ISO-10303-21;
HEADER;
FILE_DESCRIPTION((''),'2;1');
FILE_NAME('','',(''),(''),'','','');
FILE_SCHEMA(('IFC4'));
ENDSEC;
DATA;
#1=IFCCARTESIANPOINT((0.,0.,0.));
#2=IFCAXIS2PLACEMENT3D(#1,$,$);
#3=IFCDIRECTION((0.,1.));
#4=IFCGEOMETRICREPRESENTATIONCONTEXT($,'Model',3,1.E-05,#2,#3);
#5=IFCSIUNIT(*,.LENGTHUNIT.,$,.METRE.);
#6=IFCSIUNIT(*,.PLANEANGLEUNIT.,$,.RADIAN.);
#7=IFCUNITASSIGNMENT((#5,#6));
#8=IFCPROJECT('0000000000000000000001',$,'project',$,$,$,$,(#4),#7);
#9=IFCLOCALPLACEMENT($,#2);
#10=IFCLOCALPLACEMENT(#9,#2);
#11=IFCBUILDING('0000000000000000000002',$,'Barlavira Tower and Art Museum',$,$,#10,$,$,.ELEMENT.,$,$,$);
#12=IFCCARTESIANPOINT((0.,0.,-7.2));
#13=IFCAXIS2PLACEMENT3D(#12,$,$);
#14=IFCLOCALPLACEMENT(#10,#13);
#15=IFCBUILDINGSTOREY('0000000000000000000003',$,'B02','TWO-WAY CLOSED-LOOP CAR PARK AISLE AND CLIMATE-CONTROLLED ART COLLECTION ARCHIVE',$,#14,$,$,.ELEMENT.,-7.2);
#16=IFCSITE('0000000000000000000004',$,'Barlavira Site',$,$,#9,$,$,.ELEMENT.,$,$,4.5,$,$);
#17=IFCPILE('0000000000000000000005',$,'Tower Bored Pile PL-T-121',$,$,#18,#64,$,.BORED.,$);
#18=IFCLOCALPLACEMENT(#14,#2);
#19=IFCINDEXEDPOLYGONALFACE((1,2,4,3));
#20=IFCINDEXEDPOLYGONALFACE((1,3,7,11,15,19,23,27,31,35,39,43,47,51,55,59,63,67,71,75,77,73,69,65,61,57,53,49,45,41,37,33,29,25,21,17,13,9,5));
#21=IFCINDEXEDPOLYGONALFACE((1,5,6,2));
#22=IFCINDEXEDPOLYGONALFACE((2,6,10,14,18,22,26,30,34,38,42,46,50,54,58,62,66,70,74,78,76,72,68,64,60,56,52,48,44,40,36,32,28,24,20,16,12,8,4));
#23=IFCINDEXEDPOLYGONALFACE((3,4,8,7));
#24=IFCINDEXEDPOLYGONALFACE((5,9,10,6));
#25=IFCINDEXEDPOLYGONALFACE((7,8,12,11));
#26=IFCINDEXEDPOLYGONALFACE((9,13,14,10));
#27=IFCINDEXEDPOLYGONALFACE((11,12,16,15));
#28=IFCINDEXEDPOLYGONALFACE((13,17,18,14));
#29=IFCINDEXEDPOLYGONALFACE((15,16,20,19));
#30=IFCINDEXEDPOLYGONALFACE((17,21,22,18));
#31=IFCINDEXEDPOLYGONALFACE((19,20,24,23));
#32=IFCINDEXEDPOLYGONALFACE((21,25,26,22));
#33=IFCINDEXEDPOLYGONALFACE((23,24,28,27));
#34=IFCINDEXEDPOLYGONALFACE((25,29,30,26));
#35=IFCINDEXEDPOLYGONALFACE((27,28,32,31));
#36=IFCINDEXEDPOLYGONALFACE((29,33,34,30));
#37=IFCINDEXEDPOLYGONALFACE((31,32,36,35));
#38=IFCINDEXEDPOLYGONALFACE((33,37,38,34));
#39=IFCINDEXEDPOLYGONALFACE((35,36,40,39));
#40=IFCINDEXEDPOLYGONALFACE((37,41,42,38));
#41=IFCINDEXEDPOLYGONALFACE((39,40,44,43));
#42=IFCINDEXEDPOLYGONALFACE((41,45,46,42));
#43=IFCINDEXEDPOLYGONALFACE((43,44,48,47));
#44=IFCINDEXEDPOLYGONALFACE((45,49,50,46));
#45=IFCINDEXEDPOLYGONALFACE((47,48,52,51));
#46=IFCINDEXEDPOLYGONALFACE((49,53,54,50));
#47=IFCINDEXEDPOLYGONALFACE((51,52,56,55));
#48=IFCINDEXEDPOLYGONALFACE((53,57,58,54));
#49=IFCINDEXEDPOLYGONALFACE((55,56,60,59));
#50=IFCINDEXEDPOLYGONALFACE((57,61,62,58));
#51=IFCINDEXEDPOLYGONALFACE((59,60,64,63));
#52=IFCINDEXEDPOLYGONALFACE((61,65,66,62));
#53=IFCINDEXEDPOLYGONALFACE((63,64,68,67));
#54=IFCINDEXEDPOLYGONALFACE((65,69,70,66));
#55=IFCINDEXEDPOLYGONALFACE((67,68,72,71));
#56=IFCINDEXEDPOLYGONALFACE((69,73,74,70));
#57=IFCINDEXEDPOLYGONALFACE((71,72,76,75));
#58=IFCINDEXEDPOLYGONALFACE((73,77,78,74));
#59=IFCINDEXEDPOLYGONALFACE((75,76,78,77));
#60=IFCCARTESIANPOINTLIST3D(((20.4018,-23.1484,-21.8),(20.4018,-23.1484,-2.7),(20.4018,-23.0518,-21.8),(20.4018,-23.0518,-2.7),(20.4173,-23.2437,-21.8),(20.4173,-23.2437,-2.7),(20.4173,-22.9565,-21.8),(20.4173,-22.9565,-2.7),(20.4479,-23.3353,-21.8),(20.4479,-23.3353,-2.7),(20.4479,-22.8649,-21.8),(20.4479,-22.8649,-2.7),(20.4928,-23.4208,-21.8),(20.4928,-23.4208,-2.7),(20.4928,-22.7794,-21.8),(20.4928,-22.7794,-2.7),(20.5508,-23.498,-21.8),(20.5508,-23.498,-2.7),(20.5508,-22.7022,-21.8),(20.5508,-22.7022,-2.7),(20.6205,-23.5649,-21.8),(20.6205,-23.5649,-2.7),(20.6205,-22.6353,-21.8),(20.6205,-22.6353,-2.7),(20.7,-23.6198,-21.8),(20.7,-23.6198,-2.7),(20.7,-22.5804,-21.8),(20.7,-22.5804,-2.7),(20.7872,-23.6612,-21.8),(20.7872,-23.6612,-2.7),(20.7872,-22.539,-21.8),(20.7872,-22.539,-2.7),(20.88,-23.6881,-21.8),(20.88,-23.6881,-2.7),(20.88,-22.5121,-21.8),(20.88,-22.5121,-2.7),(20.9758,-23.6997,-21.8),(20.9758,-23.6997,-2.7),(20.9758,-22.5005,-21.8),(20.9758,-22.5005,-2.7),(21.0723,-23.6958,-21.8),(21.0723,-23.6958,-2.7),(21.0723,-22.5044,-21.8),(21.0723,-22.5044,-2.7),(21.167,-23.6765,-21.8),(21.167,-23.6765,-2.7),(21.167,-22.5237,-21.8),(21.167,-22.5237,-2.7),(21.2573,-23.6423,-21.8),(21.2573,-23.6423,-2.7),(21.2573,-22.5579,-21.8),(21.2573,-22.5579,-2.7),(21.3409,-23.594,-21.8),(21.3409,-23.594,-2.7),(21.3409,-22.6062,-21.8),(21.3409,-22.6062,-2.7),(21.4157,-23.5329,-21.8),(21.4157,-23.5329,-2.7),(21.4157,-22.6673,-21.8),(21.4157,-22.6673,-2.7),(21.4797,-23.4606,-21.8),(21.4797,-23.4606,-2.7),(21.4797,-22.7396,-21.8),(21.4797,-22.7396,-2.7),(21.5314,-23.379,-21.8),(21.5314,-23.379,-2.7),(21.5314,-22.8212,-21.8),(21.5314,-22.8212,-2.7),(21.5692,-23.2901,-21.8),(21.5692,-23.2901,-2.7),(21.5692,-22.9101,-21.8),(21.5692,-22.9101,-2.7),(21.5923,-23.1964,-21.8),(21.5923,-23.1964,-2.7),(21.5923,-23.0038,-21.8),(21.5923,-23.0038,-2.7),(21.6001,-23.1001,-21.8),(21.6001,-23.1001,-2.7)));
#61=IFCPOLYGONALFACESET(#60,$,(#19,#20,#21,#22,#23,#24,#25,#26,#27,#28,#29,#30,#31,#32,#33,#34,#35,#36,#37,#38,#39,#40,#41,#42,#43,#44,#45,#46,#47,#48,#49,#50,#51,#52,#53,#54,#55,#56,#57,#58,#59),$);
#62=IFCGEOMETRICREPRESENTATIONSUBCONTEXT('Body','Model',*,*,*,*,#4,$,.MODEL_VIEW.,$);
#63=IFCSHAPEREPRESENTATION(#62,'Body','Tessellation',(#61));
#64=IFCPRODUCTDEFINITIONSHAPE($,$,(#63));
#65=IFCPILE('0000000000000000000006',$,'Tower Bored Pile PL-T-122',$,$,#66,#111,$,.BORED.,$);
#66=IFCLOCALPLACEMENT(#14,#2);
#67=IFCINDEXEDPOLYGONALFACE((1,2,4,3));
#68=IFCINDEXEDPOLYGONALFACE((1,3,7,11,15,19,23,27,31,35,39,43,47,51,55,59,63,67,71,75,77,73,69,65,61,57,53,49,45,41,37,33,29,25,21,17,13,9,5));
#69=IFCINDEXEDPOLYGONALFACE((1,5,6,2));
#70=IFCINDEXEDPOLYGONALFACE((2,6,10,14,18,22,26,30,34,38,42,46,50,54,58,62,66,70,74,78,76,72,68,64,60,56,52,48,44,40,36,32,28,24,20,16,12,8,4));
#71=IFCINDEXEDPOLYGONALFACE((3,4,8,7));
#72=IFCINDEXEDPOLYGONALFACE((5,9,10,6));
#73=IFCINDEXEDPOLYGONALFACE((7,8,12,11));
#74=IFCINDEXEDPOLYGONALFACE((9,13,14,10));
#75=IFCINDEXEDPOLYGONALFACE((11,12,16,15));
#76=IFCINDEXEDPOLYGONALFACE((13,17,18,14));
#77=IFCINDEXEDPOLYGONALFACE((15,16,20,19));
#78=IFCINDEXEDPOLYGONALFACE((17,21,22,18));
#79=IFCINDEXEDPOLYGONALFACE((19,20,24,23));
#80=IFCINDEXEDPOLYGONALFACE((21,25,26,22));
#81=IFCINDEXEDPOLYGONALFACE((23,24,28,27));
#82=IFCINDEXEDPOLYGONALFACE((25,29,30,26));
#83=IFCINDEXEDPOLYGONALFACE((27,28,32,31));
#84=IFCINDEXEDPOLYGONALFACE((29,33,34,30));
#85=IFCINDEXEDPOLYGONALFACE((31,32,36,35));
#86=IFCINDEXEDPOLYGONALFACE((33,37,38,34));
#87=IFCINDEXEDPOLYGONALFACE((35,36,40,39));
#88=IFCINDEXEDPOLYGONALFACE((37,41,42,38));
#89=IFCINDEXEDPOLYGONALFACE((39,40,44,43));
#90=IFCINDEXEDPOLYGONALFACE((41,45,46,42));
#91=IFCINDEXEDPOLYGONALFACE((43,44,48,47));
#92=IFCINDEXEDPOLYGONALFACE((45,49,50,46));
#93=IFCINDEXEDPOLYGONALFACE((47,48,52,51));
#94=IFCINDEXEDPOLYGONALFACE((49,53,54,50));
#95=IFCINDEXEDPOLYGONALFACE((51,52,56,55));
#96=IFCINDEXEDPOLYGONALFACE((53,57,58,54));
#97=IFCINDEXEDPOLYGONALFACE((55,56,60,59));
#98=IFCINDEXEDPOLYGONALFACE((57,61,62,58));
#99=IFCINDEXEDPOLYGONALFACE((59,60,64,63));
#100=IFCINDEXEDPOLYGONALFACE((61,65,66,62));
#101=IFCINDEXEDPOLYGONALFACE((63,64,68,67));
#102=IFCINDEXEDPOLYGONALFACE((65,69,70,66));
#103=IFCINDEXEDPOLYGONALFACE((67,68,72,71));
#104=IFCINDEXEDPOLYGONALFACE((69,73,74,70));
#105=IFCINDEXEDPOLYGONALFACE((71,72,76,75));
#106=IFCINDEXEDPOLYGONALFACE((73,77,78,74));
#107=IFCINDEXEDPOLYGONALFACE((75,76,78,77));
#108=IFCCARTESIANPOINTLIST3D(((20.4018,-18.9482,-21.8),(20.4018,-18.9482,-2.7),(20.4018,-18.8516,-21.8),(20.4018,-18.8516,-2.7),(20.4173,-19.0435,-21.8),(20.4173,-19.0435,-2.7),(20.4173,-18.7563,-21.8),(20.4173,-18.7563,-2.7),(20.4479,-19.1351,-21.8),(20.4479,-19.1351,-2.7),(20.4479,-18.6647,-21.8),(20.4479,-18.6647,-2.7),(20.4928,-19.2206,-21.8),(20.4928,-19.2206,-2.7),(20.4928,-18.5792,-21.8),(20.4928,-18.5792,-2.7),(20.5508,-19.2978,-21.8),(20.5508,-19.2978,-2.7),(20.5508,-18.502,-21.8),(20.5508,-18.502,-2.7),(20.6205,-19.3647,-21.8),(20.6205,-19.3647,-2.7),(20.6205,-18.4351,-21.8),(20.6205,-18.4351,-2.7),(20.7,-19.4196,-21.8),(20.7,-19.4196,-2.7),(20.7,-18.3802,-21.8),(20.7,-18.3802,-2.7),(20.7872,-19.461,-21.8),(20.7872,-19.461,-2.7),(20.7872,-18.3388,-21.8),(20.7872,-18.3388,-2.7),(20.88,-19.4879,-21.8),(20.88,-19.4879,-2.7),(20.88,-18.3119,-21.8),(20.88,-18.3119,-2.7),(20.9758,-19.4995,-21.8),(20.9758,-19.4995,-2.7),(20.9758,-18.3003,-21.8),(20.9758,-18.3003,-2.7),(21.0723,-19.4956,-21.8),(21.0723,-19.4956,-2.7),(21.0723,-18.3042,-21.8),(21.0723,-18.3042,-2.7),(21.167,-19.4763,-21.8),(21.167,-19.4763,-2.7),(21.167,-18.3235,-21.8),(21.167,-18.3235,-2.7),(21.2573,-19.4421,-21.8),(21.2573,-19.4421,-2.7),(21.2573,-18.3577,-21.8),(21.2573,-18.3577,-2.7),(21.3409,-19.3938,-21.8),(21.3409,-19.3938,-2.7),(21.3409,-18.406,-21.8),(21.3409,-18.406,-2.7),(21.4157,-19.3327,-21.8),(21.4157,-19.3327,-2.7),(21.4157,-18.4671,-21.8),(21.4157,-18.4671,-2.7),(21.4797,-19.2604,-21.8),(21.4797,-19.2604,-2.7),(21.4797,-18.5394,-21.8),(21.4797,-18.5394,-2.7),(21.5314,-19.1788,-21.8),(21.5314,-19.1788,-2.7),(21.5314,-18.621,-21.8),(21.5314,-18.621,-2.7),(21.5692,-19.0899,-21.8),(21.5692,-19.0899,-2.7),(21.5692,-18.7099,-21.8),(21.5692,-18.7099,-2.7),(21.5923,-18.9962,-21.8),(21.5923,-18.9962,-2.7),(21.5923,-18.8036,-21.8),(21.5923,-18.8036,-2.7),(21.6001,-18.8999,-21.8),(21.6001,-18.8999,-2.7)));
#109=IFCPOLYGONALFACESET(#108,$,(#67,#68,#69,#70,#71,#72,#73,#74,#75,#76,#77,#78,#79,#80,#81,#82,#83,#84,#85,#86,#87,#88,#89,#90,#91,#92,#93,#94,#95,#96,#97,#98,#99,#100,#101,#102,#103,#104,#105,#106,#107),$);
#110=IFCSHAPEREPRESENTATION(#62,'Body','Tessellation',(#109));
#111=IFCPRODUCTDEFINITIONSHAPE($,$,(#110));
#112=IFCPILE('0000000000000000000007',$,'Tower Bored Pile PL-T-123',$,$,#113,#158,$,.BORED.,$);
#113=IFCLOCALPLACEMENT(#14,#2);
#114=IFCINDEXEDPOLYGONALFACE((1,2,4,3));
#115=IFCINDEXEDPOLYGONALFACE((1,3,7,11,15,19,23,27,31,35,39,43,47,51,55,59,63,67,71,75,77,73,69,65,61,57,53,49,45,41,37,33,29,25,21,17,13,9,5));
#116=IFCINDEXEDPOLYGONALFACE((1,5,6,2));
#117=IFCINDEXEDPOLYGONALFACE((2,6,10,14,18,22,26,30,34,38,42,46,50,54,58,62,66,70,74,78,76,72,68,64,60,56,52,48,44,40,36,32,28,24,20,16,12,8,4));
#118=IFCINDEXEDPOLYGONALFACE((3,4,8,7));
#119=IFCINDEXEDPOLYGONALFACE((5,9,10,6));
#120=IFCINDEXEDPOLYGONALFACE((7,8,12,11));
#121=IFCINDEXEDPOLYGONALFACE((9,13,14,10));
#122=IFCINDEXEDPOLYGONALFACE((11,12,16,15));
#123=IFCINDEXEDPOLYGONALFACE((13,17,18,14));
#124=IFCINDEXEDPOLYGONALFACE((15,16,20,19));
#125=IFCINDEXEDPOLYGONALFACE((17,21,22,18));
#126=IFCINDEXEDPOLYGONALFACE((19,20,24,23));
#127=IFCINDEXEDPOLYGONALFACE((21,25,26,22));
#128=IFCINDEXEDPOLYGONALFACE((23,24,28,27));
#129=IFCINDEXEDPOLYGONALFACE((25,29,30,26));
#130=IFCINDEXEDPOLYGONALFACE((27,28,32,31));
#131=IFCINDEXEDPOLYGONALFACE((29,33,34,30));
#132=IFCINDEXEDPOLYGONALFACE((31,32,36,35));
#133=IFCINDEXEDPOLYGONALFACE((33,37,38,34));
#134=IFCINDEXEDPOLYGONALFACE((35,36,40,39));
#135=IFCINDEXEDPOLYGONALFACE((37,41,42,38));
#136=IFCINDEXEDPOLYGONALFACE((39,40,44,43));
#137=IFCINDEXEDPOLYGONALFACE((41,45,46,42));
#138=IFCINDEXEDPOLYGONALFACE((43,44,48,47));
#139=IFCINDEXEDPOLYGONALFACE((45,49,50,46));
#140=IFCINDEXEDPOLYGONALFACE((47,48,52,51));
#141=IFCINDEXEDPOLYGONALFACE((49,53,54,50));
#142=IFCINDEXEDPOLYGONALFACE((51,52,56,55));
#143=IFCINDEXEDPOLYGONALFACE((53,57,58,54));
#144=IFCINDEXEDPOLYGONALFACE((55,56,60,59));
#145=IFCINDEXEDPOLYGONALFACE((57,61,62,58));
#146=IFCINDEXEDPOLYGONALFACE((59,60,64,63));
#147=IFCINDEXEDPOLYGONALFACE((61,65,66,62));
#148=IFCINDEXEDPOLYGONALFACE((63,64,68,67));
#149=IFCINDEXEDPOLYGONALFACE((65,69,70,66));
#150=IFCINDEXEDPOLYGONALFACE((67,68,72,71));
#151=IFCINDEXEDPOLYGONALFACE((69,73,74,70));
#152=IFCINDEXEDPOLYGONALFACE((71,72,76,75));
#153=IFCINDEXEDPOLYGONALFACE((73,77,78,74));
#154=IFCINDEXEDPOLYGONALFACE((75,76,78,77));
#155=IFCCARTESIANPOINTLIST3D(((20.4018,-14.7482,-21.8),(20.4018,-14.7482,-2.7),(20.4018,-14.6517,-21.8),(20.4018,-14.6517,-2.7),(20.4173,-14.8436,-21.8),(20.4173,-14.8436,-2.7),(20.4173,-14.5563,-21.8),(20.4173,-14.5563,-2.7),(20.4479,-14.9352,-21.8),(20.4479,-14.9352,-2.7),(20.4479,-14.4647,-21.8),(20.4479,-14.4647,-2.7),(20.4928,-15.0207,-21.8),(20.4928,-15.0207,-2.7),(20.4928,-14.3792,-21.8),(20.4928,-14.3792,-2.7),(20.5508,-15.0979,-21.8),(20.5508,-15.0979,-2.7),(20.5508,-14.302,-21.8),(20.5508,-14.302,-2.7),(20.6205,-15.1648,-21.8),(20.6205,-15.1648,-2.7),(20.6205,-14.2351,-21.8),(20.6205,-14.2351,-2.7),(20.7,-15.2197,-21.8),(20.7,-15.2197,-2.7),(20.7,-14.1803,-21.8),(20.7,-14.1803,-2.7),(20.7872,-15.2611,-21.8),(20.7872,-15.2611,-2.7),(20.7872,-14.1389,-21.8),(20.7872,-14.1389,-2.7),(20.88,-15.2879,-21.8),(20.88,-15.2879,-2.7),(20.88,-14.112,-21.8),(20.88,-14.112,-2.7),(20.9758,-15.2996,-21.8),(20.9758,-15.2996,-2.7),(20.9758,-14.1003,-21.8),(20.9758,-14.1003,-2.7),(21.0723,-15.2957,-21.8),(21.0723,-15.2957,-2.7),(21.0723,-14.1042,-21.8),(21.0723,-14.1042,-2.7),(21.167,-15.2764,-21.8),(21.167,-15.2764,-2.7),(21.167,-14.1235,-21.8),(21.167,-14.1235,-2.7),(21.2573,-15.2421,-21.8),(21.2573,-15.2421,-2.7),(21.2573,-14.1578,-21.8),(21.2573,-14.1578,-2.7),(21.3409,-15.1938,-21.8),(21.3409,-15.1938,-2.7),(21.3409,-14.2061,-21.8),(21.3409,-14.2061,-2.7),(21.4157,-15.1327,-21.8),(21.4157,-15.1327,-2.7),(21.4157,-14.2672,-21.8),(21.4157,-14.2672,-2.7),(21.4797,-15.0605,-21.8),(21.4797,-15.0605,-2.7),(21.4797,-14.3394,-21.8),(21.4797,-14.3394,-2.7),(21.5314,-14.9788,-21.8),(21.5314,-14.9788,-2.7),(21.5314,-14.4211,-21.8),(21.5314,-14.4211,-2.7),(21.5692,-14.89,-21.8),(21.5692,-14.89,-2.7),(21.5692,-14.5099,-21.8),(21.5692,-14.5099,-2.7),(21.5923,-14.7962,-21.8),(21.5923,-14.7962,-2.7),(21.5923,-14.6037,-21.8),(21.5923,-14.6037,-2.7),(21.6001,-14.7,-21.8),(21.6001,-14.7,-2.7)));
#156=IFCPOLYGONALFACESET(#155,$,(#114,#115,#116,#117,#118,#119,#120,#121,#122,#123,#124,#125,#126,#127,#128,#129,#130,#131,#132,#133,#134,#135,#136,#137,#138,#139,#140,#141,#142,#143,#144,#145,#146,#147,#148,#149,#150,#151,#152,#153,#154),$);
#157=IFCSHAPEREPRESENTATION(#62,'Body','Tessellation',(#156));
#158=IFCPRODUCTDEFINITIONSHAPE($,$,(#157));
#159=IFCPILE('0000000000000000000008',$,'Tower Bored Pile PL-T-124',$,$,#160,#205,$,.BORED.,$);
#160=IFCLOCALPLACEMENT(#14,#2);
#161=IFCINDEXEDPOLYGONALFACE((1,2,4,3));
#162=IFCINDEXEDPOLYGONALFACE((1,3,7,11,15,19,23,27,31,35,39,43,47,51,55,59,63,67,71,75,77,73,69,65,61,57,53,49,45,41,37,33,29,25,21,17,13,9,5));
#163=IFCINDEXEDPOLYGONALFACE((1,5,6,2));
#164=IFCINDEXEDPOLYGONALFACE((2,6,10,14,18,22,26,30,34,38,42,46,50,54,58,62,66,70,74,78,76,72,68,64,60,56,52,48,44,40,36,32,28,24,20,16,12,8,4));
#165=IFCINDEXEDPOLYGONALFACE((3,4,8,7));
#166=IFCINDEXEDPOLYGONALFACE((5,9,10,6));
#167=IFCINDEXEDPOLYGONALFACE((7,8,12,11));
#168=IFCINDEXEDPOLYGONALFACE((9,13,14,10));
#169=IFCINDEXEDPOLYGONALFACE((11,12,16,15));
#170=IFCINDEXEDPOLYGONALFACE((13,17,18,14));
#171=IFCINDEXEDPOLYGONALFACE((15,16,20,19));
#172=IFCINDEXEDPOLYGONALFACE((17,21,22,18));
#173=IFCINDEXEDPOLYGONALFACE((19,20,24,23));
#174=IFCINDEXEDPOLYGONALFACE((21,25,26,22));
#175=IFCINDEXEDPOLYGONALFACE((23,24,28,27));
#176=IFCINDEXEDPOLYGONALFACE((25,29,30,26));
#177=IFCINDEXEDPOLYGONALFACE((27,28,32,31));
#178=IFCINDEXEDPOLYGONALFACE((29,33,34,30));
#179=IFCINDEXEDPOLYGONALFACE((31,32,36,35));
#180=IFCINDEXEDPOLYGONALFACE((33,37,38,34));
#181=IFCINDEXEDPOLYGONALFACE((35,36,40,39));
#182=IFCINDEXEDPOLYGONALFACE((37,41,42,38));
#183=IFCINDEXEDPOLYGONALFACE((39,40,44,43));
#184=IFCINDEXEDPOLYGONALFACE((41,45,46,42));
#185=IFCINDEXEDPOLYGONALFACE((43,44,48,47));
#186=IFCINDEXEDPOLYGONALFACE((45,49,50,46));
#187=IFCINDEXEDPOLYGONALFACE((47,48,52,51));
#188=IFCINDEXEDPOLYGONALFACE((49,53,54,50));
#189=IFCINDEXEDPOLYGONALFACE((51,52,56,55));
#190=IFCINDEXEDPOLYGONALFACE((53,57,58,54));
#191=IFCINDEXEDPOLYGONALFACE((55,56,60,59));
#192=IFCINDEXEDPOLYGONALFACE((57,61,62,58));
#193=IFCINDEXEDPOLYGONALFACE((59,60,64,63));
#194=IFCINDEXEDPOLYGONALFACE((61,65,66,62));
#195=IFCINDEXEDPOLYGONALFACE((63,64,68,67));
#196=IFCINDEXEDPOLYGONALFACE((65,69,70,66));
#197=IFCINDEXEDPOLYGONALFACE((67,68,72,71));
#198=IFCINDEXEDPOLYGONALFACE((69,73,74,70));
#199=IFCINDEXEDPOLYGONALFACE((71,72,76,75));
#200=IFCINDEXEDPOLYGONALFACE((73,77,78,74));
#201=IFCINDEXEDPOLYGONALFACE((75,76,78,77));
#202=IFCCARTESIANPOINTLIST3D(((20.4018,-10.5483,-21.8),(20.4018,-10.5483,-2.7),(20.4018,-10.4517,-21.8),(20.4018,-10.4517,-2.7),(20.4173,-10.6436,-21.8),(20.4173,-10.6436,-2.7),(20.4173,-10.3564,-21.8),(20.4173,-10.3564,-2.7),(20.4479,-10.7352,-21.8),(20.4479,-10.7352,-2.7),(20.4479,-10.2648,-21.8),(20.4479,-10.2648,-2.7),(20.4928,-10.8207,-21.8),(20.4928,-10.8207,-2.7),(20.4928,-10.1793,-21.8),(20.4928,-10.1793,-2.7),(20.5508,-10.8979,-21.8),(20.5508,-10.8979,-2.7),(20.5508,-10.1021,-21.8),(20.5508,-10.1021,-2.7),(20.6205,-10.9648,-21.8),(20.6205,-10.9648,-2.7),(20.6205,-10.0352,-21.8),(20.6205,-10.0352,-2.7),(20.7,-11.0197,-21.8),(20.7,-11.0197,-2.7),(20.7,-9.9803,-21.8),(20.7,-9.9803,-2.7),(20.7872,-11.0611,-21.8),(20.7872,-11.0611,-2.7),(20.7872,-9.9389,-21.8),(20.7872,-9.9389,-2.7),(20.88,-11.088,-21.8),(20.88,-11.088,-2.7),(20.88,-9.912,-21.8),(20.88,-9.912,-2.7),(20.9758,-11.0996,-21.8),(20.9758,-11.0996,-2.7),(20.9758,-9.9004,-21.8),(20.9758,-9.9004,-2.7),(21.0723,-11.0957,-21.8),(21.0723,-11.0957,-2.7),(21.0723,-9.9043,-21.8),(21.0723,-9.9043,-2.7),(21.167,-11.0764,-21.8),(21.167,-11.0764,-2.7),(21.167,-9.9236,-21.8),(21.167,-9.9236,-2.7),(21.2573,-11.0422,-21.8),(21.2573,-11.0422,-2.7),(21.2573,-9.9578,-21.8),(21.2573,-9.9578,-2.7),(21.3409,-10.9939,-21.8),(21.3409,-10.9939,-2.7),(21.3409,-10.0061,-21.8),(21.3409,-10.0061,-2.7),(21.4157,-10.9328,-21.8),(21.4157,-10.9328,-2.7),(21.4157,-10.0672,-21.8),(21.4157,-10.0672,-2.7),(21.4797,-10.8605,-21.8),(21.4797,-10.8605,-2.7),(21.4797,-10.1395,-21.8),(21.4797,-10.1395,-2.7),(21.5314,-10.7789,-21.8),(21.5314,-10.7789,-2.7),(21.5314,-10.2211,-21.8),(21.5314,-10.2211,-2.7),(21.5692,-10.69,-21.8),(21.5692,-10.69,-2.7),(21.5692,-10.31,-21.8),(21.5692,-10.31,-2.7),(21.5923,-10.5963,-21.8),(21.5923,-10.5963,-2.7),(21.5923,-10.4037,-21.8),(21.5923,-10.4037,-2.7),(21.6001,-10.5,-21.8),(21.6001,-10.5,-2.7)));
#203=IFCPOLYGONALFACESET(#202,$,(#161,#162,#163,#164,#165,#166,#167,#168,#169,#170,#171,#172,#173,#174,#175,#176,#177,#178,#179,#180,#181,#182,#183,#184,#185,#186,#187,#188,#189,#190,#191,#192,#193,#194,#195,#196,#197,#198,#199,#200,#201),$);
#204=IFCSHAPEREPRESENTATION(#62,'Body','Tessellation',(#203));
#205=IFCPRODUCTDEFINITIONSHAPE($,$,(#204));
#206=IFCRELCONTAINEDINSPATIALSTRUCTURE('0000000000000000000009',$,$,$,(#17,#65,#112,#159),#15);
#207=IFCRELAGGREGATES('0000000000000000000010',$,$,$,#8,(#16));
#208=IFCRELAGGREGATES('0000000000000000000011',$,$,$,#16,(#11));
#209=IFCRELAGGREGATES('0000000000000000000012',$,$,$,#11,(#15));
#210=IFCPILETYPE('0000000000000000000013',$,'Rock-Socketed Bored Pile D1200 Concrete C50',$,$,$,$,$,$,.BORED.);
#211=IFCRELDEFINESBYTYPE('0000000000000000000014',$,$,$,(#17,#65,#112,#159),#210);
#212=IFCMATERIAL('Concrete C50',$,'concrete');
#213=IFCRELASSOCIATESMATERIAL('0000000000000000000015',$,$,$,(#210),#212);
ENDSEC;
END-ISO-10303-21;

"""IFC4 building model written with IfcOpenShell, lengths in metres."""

from ifc_helpers import new_model, si_unit, direction, frame, origin, origin_2d, place, context, subcontext, project, spatial, circle, extrude, material, material_profile, profile_set, type_object, element, save


model = new_model("IFC4")

# Units and contexts
model_context = context("Model", 3, precision=1e-05, world=origin(), true_north=direction((0.0, 1.0)))
body_context = subcontext(model_context, "Body", "Model", "MODEL_VIEW")
ifc_project = project(units=[si_unit("LENGTHUNIT", "METRE"), si_unit("PLANEANGLEUNIT", "RADIAN")], contexts=[model_context])

# Site, building, storey
site_placement = place(None, origin())
site = spatial("IfcSite", under=ifc_project, at=site_placement, Name="Barlavira Site", CompositionType="ELEMENT", RefElevation=4.5)
building_placement = place(site_placement, origin())
building = spatial("IfcBuilding", under=site, at=building_placement, Name="Barlavira Tower and Art Museum", CompositionType="ELEMENT")
storey_placement = place(building_placement, frame((0.0, 0.0, -7.2)))
storey = spatial("IfcBuildingStorey", under=building, at=storey_placement, Name="B02", Description="TWO-WAY CLOSED-LOOP CAR PARK AISLE AND CLIMATE-CONTROLLED ART COLLECTION ARCHIVE", CompositionType="ELEMENT", Elevation=-7.2)

# Piles
ifc_material_1 = material(Name="Concrete C50", Category="concrete")
ifc_material_profile_1 = material_profile(ifc_material_1, circle(Radius=0.6001, at=origin_2d()), Name="BORED PILE D1200")
ifc_profile_set_1 = profile_set([ifc_material_profile_1], Name="Concrete C50")
pile_type = type_object("IfcPileType", Name="Rock-Socketed Bored Pile D1200 Concrete C50", PredefinedType="BORED", material=ifc_profile_set_1)
for number, where, z_axis, x_axis, name in (
    (1, (21.0, -23.1001, -2.7), (0.0, 0.0, -1.0), (1.0, 0.0, 0.0), "Tower Bored Pile PL-T-121"),
    (2, (21.0, -18.8999, -2.7), (0.0, 0.0, -1.0), (1.0, 0.0, 0.0), "Tower Bored Pile PL-T-122"),
    (3, (21.0, -14.7, -2.7), (0.0, 0.0, -1.0), (1.0, 0.0, 0.0), "Tower Bored Pile PL-T-123"),
    (4, (21.0, -10.5, -2.7), (0.0, 0.0, -1.0), (1.0, 0.0, 0.0), "Tower Bored Pile PL-T-124"),
):
    element("IfcPile", number, at=place(storey_placement, frame(where, z_axis=z_axis, x_axis=x_axis)), inside=storey, type_object=pile_type, Name=name, PredefinedType="BORED", context=body_context, shape_type="SweptSolid", body=[
        extrude(circle(Radius=0.6001, at=origin_2d()), origin(), (0.0, 0.0, 1.0), 19.1001),
    ])

save(model, "model.ifc")
